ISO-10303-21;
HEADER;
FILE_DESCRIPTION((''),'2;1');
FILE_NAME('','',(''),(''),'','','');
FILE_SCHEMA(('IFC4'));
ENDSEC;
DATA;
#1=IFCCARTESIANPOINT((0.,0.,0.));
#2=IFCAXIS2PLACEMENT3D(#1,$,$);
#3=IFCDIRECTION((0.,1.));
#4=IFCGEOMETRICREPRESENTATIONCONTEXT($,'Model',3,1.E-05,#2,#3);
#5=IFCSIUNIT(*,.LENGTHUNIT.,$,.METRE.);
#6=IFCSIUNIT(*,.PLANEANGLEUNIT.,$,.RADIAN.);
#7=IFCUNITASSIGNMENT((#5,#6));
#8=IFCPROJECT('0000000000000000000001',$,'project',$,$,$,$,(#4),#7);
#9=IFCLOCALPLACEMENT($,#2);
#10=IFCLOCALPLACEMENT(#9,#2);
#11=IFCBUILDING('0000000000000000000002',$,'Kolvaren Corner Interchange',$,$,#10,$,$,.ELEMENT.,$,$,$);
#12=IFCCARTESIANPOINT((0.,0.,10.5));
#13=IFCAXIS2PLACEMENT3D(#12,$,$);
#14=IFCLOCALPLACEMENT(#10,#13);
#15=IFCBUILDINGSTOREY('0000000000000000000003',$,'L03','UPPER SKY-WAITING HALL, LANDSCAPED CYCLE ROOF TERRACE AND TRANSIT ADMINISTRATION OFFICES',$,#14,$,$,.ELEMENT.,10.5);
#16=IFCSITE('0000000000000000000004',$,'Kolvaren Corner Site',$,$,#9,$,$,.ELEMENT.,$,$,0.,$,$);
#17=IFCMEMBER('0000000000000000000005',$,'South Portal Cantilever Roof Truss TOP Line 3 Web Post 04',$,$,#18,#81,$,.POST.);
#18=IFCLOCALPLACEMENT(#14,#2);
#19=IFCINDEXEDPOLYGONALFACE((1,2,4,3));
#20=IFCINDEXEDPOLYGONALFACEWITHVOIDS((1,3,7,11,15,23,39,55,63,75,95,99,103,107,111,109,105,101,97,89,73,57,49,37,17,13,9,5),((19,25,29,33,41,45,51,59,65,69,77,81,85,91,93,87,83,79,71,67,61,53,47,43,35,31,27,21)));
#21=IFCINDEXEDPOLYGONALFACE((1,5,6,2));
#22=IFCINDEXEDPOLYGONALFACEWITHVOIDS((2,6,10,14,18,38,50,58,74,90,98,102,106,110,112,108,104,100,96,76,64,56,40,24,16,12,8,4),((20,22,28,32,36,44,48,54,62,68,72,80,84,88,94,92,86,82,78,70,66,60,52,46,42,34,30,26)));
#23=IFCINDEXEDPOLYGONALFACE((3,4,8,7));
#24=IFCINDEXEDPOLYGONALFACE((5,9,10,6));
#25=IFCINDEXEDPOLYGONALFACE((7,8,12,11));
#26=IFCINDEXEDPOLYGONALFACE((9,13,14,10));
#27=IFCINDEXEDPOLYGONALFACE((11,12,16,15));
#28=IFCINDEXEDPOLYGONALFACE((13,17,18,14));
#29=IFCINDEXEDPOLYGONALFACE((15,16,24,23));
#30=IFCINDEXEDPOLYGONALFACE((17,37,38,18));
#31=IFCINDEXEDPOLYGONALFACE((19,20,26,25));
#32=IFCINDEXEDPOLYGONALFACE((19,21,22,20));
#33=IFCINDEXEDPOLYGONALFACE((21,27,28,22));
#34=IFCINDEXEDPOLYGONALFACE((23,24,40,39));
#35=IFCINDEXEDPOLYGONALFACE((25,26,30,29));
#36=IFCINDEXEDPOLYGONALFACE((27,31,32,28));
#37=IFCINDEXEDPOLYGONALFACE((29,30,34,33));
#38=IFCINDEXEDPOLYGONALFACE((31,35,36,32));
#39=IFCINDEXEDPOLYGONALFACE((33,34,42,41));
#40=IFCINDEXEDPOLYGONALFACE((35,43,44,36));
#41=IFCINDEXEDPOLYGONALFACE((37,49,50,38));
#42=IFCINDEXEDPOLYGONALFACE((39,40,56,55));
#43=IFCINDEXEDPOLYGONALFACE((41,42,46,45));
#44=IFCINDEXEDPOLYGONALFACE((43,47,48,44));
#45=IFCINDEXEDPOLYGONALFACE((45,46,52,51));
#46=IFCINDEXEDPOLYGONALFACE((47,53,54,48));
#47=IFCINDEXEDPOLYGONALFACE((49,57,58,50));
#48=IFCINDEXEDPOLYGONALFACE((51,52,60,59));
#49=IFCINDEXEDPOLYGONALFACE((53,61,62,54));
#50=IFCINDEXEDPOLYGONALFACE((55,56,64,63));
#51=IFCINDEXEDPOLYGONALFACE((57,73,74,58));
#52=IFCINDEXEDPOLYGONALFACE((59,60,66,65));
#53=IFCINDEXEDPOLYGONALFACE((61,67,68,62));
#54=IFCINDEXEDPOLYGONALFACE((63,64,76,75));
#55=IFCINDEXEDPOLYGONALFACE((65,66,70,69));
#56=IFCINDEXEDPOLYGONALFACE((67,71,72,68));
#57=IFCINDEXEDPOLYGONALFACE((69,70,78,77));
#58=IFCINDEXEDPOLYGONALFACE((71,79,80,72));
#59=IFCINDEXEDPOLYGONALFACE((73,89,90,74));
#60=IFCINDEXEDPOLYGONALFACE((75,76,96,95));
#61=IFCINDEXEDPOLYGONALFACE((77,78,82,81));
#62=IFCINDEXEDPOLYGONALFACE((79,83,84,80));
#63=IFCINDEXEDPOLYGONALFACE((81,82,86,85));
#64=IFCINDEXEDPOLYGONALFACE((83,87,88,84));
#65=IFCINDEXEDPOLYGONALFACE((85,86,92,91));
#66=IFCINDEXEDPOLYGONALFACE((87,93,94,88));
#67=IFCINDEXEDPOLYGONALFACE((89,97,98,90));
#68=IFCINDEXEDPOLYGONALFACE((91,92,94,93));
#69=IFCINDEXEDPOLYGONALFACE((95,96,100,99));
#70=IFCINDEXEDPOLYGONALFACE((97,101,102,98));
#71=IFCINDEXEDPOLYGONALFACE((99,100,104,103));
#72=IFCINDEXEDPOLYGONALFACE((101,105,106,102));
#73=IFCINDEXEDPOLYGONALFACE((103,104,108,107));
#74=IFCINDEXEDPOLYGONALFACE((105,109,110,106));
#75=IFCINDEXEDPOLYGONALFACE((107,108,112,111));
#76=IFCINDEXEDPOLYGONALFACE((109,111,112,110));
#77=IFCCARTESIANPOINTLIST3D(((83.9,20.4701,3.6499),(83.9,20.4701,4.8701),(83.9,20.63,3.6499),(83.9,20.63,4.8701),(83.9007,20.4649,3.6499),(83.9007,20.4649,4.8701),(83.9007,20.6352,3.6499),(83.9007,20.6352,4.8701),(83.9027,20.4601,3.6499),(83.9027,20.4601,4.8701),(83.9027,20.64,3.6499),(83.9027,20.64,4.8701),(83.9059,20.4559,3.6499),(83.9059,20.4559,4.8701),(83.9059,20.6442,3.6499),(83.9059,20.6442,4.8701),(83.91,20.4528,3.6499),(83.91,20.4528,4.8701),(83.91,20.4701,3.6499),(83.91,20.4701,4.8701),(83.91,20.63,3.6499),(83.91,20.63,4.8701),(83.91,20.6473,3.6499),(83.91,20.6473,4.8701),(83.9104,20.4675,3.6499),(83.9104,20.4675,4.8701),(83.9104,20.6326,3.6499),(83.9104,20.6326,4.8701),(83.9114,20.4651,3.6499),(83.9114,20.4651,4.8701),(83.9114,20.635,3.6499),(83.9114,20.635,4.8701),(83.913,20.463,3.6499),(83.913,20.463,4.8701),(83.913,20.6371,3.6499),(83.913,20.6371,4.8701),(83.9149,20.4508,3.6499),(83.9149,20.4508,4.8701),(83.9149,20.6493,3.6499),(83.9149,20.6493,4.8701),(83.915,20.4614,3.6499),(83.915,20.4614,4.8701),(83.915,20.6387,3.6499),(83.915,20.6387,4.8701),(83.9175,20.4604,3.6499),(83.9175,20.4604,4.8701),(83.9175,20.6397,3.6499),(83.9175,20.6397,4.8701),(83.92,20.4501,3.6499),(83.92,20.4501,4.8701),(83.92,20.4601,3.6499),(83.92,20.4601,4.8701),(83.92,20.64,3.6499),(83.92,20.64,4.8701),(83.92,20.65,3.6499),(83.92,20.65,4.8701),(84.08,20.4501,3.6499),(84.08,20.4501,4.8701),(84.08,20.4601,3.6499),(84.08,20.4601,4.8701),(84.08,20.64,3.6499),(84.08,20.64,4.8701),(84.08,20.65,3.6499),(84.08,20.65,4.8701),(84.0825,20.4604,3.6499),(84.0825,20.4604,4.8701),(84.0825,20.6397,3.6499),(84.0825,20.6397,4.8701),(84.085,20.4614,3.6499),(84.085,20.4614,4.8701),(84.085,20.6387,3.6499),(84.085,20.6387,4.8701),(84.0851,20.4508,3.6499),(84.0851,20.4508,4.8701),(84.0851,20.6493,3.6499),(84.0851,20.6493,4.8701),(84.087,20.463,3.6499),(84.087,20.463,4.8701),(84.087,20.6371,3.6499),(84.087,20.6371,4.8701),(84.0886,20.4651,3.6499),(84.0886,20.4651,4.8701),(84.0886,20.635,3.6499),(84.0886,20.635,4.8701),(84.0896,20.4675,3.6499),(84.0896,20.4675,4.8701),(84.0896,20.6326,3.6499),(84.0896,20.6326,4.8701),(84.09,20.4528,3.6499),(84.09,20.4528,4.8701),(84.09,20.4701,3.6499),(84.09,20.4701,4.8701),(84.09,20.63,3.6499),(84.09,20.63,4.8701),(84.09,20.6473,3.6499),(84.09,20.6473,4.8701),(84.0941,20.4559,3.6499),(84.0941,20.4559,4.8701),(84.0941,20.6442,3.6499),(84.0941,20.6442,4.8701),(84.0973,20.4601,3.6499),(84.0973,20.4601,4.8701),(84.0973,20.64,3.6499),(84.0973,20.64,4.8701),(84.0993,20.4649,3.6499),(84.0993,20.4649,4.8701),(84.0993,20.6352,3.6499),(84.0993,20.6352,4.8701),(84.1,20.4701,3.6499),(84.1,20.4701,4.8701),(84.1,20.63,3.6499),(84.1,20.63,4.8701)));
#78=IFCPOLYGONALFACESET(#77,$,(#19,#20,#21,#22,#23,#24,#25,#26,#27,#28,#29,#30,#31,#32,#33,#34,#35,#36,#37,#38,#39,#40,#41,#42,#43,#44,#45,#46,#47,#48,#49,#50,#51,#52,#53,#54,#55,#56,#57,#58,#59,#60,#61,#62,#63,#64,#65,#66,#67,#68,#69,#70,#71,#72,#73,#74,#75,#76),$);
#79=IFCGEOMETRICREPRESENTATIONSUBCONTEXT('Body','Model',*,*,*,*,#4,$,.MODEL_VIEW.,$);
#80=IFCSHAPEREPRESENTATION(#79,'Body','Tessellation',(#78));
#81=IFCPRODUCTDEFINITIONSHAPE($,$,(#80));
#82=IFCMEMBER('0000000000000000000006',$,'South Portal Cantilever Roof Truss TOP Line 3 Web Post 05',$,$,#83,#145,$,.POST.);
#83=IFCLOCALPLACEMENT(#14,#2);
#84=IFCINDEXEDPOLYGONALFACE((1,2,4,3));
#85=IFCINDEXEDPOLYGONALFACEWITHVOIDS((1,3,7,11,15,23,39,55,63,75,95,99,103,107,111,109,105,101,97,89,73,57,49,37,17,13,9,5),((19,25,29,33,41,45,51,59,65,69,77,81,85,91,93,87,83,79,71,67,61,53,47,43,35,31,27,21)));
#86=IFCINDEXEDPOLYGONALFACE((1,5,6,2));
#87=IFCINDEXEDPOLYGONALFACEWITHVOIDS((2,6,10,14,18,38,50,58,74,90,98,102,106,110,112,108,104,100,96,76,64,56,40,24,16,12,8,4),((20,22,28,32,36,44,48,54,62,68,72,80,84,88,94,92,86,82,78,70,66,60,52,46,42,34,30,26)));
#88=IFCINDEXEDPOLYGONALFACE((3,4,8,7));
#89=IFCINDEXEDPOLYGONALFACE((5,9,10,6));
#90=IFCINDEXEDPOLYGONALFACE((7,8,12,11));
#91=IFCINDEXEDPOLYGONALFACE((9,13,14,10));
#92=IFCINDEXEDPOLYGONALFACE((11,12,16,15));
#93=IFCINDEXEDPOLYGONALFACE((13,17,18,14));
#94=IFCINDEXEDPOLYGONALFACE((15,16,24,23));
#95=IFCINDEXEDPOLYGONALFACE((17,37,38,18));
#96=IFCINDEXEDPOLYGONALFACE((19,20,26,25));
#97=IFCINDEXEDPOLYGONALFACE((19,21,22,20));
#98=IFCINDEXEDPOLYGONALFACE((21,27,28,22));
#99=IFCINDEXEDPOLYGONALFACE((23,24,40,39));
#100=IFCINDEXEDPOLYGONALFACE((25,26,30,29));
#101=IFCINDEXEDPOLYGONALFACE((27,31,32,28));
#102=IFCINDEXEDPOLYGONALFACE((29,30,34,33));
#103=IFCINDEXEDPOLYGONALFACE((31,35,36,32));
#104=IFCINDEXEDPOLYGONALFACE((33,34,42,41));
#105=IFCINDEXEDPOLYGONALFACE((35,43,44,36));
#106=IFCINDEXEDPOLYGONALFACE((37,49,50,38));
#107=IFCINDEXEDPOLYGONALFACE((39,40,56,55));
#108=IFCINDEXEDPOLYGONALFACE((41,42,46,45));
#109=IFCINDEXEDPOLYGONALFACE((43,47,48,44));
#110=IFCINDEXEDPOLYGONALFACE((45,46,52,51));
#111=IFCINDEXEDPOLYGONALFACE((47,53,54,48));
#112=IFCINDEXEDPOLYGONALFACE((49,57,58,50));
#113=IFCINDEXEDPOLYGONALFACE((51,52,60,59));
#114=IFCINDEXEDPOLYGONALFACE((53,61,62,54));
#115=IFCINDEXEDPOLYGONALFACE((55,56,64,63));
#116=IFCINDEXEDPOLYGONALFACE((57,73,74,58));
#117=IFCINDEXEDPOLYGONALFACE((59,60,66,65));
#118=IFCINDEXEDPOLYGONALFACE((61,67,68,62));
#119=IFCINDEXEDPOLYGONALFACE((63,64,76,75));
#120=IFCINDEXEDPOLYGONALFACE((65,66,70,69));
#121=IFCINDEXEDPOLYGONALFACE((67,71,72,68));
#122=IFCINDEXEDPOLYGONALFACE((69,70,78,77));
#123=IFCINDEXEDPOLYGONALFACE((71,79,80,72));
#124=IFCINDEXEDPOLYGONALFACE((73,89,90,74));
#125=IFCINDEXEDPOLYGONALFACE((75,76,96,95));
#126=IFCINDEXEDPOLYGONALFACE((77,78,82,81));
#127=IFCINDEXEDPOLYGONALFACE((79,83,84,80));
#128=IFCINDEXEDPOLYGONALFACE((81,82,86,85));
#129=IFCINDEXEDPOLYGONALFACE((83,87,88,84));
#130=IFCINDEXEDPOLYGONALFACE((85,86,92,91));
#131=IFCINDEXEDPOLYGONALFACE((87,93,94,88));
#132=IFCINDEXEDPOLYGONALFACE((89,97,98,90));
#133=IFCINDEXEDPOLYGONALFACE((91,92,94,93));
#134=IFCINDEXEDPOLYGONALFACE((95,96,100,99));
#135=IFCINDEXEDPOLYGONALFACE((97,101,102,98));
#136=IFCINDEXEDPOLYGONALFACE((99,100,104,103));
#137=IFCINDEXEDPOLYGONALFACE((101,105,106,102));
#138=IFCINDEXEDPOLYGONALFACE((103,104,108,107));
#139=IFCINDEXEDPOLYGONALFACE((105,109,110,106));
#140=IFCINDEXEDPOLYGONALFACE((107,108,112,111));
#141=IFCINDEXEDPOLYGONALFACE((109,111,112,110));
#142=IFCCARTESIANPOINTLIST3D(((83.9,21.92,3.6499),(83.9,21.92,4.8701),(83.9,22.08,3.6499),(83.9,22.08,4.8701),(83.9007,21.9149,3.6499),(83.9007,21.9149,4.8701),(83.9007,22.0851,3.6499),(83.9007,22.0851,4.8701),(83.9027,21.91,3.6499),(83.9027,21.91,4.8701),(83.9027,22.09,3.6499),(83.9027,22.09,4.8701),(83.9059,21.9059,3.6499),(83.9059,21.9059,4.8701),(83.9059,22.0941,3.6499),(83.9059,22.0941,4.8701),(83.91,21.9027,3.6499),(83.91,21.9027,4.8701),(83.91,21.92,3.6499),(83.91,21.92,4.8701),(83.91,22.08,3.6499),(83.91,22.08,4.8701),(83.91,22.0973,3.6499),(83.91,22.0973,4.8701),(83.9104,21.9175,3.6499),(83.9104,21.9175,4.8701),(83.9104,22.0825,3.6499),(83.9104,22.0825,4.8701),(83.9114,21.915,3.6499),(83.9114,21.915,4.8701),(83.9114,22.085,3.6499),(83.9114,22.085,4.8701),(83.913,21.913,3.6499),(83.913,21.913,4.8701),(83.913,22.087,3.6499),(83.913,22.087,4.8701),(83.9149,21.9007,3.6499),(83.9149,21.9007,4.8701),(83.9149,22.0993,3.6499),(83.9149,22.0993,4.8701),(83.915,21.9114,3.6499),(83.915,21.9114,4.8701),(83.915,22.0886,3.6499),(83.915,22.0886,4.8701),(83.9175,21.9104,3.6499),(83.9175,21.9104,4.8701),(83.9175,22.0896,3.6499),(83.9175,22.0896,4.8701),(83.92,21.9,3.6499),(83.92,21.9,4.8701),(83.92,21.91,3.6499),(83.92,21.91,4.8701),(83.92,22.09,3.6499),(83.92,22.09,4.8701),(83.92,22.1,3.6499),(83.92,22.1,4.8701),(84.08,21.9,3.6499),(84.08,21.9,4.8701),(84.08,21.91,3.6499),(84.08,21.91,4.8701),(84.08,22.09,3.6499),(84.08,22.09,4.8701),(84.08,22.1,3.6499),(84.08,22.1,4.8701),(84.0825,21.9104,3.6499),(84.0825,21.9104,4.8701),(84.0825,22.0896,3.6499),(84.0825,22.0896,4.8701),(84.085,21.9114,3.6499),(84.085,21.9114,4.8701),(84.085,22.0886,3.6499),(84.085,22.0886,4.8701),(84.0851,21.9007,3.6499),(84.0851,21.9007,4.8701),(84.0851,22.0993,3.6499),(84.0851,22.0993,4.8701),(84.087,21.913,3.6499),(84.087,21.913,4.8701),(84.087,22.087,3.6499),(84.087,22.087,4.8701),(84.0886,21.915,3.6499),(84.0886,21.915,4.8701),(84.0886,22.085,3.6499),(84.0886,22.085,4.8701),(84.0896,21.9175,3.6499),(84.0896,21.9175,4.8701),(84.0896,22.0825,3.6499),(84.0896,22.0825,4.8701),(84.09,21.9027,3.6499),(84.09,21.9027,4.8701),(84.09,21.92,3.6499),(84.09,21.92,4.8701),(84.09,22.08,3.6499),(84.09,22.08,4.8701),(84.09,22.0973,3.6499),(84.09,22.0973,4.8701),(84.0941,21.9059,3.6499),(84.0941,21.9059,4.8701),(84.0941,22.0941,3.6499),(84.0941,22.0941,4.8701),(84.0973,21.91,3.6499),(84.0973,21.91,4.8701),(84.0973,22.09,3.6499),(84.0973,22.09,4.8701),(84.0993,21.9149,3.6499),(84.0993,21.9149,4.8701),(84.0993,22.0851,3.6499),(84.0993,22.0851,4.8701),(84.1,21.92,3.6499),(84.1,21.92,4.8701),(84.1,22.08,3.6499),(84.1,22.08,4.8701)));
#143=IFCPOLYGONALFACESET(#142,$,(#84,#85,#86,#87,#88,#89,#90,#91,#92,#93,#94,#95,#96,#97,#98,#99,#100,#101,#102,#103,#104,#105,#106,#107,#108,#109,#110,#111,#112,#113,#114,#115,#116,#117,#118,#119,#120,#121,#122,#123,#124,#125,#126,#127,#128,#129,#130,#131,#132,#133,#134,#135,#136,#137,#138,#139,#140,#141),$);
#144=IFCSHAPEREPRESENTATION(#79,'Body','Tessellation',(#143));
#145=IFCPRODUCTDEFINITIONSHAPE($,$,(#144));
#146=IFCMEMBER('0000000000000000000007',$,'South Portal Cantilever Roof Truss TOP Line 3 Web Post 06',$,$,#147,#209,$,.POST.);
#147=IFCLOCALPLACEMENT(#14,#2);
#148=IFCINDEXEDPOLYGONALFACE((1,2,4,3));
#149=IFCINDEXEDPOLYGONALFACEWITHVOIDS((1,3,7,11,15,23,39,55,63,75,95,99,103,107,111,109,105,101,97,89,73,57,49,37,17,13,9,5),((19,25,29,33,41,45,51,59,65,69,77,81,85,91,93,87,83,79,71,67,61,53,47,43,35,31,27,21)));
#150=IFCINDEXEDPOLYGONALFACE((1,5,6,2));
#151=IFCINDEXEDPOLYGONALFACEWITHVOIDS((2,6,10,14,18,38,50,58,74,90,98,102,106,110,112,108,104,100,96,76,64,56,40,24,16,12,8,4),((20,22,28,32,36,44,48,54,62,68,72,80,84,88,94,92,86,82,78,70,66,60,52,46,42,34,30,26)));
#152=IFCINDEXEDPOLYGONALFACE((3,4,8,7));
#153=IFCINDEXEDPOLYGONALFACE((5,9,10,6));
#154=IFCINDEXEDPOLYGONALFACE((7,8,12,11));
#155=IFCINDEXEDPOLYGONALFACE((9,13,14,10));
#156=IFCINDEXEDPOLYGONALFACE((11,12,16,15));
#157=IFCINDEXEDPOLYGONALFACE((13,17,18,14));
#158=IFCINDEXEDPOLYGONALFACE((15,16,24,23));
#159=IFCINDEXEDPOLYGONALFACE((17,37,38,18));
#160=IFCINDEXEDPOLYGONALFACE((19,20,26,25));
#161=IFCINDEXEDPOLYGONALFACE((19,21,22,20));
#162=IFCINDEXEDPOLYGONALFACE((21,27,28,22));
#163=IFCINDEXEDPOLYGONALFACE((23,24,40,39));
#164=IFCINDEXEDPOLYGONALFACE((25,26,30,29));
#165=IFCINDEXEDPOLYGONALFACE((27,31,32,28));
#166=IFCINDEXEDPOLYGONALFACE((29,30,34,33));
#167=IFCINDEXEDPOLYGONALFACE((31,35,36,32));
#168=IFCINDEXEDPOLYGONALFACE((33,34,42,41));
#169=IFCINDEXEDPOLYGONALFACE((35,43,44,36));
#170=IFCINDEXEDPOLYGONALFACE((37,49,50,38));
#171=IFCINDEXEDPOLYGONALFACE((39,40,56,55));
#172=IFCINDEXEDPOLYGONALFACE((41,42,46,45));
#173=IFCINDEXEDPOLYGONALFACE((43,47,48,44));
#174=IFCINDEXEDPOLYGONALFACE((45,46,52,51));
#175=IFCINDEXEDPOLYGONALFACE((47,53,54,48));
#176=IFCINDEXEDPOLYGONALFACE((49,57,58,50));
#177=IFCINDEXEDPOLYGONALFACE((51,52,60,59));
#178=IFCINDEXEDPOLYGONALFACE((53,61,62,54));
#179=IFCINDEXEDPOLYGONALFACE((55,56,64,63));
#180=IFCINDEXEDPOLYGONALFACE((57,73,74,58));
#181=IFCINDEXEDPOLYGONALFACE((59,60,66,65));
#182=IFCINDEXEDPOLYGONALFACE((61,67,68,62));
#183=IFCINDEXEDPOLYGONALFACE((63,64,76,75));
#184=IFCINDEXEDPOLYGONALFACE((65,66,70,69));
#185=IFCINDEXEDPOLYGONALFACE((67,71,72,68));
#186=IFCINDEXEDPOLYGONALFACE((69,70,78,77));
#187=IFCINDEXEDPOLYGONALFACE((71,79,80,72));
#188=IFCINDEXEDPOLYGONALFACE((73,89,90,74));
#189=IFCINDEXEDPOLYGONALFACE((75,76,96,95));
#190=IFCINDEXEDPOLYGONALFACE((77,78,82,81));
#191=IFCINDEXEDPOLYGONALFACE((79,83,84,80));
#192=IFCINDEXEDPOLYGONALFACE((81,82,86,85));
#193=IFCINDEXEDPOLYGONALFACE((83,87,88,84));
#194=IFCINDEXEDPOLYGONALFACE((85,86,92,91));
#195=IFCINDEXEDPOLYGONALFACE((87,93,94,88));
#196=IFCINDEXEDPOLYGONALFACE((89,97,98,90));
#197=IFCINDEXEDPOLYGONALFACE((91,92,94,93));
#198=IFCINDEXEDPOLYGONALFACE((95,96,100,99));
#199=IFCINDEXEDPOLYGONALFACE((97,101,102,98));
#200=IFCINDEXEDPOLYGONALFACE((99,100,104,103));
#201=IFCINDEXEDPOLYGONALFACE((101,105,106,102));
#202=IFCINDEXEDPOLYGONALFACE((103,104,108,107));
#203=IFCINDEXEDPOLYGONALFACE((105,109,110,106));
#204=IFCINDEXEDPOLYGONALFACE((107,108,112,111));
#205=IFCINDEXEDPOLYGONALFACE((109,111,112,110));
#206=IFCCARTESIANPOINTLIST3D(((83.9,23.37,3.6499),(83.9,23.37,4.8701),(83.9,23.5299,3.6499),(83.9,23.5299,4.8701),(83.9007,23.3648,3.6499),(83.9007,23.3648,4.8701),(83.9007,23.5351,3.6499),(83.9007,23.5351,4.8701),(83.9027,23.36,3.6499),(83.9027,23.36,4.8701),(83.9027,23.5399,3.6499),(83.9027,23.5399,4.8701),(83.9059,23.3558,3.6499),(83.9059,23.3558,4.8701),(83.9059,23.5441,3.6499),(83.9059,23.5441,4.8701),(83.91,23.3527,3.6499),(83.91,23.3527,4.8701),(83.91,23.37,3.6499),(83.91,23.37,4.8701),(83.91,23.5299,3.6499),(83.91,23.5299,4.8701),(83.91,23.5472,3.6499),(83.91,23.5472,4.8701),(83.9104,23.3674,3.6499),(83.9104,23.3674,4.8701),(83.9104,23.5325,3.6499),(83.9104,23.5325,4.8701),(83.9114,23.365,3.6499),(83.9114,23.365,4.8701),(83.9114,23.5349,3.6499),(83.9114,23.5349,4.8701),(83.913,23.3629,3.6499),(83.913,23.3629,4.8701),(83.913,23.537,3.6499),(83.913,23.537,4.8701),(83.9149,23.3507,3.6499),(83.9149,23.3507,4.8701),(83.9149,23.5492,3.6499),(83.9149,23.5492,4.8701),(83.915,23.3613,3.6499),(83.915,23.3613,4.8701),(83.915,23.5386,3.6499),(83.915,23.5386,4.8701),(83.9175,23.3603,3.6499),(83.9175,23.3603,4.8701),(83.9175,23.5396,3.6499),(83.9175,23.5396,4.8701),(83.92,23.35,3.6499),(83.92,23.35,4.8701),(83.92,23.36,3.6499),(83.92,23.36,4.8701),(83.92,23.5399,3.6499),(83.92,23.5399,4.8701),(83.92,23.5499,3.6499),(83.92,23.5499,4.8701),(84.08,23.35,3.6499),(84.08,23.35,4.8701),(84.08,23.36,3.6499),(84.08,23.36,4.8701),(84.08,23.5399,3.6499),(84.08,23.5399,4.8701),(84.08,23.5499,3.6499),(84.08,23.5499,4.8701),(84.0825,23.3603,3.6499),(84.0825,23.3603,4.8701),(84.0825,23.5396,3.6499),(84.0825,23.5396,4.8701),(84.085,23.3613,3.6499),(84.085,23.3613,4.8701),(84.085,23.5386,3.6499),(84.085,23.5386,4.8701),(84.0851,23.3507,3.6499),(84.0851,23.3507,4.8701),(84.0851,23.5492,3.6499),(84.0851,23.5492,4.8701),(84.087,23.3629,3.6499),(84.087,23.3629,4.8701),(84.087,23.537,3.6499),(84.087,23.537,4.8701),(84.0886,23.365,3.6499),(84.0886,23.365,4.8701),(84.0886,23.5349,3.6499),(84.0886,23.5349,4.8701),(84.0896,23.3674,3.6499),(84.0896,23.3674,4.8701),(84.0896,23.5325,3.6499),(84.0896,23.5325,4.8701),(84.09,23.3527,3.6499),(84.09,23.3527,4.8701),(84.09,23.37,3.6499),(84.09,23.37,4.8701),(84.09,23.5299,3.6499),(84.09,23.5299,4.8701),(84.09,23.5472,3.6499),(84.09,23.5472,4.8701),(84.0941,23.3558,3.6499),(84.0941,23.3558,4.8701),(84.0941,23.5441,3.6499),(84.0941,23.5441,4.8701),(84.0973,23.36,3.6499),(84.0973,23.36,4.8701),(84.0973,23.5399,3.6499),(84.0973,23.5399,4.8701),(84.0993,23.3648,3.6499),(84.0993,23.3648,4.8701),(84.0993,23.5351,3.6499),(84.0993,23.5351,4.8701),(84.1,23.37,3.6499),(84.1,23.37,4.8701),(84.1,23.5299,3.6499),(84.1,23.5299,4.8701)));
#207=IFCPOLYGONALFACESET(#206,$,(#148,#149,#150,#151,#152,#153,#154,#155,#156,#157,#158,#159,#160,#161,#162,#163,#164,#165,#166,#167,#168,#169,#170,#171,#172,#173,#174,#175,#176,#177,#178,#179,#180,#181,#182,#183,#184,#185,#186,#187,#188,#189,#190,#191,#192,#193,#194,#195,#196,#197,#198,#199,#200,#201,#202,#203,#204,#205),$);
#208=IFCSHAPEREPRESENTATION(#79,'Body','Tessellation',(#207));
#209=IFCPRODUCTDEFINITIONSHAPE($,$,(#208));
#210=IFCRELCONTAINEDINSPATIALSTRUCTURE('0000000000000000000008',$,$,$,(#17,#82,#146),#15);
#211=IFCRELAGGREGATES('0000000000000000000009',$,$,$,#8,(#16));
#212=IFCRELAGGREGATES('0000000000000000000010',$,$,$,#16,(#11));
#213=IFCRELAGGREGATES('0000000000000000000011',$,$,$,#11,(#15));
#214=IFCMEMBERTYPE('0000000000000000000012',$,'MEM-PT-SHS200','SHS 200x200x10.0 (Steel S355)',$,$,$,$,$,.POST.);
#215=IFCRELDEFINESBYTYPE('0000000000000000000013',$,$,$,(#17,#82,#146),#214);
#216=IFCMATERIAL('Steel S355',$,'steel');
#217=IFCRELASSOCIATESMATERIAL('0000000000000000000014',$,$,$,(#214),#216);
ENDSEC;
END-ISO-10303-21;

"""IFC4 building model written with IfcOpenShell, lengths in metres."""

from ifc_helpers import new_model, si_unit, direction, frame, origin, origin_2d, place, context, subcontext, project, spatial, hollow_rectangle, extrude, material, material_profile, profile_set, type_object, element, save


model = new_model("IFC4")

# Units and contexts
model_context = context("Model", 3, precision=1e-05, world=origin(), true_north=direction((0.0, 1.0)))
body_context = subcontext(model_context, "Body", "Model", "MODEL_VIEW")
ifc_project = project(units=[si_unit("LENGTHUNIT", "METRE"), si_unit("PLANEANGLEUNIT", "RADIAN")], contexts=[model_context])

# Site, building, storey
site_placement = place(None, origin())
site = spatial("IfcSite", under=ifc_project, at=site_placement, Name="Kolvaren Corner Site", CompositionType="ELEMENT", RefElevation=0.0)
building_placement = place(site_placement, origin())
building = spatial("IfcBuilding", under=site, at=building_placement, Name="Kolvaren Corner Interchange", CompositionType="ELEMENT")
storey_placement = place(building_placement, frame((0.0, 0.0, 10.5)))
storey = spatial("IfcBuildingStorey", under=building, at=storey_placement, Name="L03", Description="UPPER SKY-WAITING HALL, LANDSCAPED CYCLE ROOF TERRACE AND TRANSIT ADMINISTRATION OFFICES", CompositionType="ELEMENT", Elevation=10.5)

# Members
ifc_material_1 = material(Name="Steel S355", Category="steel")
ifc_material_profile_1 = material_profile(ifc_material_1, hollow_rectangle(XDim=0.2, YDim=0.2, WallThickness=0.01, InnerFilletRadius=0.01, OuterFilletRadius=0.02, at=origin_2d()), Name="SHS 200x200x10.0")
ifc_profile_set_1 = profile_set([ifc_material_profile_1], Name="Steel S355")
member_type_1 = type_object("IfcMemberType", Name="MEM-PT-SHS200", Description="SHS 200x200x10.0 (Steel S355)", PredefinedType="POST", material=ifc_profile_set_1)
for number, where, z_axis, x_axis, name in (
    (1, (84.0, 20.55, 3.6499), (0.0, 0.0, 1.0), (1.0, 0.0, 0.0), "South Portal Cantilever Roof Truss TOP Line 3 Web Post 04"),
    (2, (84.0, 22.0, 3.6499), (0.0, 0.0, 1.0), (1.0, 0.0, 0.0), "South Portal Cantilever Roof Truss TOP Line 3 Web Post 05"),
    (3, (84.0, 23.45, 3.6499), (0.0, 0.0, 1.0), (1.0, 0.0, 0.0), "South Portal Cantilever Roof Truss TOP Line 3 Web Post 06"),
):
    element("IfcMember", number, at=place(storey_placement, frame(where, z_axis=z_axis, x_axis=x_axis)), inside=storey, type_object=member_type_1, Name=name, PredefinedType="POST", context=body_context, shape_type="SweptSolid", body=[
        extrude(hollow_rectangle(XDim=0.2, YDim=0.2, WallThickness=0.01, InnerFilletRadius=0.01, OuterFilletRadius=0.02, at=origin_2d()), origin(), (0.0, 0.0, 1.0), 1.2202),
    ])

save(model, "model.ifc")
